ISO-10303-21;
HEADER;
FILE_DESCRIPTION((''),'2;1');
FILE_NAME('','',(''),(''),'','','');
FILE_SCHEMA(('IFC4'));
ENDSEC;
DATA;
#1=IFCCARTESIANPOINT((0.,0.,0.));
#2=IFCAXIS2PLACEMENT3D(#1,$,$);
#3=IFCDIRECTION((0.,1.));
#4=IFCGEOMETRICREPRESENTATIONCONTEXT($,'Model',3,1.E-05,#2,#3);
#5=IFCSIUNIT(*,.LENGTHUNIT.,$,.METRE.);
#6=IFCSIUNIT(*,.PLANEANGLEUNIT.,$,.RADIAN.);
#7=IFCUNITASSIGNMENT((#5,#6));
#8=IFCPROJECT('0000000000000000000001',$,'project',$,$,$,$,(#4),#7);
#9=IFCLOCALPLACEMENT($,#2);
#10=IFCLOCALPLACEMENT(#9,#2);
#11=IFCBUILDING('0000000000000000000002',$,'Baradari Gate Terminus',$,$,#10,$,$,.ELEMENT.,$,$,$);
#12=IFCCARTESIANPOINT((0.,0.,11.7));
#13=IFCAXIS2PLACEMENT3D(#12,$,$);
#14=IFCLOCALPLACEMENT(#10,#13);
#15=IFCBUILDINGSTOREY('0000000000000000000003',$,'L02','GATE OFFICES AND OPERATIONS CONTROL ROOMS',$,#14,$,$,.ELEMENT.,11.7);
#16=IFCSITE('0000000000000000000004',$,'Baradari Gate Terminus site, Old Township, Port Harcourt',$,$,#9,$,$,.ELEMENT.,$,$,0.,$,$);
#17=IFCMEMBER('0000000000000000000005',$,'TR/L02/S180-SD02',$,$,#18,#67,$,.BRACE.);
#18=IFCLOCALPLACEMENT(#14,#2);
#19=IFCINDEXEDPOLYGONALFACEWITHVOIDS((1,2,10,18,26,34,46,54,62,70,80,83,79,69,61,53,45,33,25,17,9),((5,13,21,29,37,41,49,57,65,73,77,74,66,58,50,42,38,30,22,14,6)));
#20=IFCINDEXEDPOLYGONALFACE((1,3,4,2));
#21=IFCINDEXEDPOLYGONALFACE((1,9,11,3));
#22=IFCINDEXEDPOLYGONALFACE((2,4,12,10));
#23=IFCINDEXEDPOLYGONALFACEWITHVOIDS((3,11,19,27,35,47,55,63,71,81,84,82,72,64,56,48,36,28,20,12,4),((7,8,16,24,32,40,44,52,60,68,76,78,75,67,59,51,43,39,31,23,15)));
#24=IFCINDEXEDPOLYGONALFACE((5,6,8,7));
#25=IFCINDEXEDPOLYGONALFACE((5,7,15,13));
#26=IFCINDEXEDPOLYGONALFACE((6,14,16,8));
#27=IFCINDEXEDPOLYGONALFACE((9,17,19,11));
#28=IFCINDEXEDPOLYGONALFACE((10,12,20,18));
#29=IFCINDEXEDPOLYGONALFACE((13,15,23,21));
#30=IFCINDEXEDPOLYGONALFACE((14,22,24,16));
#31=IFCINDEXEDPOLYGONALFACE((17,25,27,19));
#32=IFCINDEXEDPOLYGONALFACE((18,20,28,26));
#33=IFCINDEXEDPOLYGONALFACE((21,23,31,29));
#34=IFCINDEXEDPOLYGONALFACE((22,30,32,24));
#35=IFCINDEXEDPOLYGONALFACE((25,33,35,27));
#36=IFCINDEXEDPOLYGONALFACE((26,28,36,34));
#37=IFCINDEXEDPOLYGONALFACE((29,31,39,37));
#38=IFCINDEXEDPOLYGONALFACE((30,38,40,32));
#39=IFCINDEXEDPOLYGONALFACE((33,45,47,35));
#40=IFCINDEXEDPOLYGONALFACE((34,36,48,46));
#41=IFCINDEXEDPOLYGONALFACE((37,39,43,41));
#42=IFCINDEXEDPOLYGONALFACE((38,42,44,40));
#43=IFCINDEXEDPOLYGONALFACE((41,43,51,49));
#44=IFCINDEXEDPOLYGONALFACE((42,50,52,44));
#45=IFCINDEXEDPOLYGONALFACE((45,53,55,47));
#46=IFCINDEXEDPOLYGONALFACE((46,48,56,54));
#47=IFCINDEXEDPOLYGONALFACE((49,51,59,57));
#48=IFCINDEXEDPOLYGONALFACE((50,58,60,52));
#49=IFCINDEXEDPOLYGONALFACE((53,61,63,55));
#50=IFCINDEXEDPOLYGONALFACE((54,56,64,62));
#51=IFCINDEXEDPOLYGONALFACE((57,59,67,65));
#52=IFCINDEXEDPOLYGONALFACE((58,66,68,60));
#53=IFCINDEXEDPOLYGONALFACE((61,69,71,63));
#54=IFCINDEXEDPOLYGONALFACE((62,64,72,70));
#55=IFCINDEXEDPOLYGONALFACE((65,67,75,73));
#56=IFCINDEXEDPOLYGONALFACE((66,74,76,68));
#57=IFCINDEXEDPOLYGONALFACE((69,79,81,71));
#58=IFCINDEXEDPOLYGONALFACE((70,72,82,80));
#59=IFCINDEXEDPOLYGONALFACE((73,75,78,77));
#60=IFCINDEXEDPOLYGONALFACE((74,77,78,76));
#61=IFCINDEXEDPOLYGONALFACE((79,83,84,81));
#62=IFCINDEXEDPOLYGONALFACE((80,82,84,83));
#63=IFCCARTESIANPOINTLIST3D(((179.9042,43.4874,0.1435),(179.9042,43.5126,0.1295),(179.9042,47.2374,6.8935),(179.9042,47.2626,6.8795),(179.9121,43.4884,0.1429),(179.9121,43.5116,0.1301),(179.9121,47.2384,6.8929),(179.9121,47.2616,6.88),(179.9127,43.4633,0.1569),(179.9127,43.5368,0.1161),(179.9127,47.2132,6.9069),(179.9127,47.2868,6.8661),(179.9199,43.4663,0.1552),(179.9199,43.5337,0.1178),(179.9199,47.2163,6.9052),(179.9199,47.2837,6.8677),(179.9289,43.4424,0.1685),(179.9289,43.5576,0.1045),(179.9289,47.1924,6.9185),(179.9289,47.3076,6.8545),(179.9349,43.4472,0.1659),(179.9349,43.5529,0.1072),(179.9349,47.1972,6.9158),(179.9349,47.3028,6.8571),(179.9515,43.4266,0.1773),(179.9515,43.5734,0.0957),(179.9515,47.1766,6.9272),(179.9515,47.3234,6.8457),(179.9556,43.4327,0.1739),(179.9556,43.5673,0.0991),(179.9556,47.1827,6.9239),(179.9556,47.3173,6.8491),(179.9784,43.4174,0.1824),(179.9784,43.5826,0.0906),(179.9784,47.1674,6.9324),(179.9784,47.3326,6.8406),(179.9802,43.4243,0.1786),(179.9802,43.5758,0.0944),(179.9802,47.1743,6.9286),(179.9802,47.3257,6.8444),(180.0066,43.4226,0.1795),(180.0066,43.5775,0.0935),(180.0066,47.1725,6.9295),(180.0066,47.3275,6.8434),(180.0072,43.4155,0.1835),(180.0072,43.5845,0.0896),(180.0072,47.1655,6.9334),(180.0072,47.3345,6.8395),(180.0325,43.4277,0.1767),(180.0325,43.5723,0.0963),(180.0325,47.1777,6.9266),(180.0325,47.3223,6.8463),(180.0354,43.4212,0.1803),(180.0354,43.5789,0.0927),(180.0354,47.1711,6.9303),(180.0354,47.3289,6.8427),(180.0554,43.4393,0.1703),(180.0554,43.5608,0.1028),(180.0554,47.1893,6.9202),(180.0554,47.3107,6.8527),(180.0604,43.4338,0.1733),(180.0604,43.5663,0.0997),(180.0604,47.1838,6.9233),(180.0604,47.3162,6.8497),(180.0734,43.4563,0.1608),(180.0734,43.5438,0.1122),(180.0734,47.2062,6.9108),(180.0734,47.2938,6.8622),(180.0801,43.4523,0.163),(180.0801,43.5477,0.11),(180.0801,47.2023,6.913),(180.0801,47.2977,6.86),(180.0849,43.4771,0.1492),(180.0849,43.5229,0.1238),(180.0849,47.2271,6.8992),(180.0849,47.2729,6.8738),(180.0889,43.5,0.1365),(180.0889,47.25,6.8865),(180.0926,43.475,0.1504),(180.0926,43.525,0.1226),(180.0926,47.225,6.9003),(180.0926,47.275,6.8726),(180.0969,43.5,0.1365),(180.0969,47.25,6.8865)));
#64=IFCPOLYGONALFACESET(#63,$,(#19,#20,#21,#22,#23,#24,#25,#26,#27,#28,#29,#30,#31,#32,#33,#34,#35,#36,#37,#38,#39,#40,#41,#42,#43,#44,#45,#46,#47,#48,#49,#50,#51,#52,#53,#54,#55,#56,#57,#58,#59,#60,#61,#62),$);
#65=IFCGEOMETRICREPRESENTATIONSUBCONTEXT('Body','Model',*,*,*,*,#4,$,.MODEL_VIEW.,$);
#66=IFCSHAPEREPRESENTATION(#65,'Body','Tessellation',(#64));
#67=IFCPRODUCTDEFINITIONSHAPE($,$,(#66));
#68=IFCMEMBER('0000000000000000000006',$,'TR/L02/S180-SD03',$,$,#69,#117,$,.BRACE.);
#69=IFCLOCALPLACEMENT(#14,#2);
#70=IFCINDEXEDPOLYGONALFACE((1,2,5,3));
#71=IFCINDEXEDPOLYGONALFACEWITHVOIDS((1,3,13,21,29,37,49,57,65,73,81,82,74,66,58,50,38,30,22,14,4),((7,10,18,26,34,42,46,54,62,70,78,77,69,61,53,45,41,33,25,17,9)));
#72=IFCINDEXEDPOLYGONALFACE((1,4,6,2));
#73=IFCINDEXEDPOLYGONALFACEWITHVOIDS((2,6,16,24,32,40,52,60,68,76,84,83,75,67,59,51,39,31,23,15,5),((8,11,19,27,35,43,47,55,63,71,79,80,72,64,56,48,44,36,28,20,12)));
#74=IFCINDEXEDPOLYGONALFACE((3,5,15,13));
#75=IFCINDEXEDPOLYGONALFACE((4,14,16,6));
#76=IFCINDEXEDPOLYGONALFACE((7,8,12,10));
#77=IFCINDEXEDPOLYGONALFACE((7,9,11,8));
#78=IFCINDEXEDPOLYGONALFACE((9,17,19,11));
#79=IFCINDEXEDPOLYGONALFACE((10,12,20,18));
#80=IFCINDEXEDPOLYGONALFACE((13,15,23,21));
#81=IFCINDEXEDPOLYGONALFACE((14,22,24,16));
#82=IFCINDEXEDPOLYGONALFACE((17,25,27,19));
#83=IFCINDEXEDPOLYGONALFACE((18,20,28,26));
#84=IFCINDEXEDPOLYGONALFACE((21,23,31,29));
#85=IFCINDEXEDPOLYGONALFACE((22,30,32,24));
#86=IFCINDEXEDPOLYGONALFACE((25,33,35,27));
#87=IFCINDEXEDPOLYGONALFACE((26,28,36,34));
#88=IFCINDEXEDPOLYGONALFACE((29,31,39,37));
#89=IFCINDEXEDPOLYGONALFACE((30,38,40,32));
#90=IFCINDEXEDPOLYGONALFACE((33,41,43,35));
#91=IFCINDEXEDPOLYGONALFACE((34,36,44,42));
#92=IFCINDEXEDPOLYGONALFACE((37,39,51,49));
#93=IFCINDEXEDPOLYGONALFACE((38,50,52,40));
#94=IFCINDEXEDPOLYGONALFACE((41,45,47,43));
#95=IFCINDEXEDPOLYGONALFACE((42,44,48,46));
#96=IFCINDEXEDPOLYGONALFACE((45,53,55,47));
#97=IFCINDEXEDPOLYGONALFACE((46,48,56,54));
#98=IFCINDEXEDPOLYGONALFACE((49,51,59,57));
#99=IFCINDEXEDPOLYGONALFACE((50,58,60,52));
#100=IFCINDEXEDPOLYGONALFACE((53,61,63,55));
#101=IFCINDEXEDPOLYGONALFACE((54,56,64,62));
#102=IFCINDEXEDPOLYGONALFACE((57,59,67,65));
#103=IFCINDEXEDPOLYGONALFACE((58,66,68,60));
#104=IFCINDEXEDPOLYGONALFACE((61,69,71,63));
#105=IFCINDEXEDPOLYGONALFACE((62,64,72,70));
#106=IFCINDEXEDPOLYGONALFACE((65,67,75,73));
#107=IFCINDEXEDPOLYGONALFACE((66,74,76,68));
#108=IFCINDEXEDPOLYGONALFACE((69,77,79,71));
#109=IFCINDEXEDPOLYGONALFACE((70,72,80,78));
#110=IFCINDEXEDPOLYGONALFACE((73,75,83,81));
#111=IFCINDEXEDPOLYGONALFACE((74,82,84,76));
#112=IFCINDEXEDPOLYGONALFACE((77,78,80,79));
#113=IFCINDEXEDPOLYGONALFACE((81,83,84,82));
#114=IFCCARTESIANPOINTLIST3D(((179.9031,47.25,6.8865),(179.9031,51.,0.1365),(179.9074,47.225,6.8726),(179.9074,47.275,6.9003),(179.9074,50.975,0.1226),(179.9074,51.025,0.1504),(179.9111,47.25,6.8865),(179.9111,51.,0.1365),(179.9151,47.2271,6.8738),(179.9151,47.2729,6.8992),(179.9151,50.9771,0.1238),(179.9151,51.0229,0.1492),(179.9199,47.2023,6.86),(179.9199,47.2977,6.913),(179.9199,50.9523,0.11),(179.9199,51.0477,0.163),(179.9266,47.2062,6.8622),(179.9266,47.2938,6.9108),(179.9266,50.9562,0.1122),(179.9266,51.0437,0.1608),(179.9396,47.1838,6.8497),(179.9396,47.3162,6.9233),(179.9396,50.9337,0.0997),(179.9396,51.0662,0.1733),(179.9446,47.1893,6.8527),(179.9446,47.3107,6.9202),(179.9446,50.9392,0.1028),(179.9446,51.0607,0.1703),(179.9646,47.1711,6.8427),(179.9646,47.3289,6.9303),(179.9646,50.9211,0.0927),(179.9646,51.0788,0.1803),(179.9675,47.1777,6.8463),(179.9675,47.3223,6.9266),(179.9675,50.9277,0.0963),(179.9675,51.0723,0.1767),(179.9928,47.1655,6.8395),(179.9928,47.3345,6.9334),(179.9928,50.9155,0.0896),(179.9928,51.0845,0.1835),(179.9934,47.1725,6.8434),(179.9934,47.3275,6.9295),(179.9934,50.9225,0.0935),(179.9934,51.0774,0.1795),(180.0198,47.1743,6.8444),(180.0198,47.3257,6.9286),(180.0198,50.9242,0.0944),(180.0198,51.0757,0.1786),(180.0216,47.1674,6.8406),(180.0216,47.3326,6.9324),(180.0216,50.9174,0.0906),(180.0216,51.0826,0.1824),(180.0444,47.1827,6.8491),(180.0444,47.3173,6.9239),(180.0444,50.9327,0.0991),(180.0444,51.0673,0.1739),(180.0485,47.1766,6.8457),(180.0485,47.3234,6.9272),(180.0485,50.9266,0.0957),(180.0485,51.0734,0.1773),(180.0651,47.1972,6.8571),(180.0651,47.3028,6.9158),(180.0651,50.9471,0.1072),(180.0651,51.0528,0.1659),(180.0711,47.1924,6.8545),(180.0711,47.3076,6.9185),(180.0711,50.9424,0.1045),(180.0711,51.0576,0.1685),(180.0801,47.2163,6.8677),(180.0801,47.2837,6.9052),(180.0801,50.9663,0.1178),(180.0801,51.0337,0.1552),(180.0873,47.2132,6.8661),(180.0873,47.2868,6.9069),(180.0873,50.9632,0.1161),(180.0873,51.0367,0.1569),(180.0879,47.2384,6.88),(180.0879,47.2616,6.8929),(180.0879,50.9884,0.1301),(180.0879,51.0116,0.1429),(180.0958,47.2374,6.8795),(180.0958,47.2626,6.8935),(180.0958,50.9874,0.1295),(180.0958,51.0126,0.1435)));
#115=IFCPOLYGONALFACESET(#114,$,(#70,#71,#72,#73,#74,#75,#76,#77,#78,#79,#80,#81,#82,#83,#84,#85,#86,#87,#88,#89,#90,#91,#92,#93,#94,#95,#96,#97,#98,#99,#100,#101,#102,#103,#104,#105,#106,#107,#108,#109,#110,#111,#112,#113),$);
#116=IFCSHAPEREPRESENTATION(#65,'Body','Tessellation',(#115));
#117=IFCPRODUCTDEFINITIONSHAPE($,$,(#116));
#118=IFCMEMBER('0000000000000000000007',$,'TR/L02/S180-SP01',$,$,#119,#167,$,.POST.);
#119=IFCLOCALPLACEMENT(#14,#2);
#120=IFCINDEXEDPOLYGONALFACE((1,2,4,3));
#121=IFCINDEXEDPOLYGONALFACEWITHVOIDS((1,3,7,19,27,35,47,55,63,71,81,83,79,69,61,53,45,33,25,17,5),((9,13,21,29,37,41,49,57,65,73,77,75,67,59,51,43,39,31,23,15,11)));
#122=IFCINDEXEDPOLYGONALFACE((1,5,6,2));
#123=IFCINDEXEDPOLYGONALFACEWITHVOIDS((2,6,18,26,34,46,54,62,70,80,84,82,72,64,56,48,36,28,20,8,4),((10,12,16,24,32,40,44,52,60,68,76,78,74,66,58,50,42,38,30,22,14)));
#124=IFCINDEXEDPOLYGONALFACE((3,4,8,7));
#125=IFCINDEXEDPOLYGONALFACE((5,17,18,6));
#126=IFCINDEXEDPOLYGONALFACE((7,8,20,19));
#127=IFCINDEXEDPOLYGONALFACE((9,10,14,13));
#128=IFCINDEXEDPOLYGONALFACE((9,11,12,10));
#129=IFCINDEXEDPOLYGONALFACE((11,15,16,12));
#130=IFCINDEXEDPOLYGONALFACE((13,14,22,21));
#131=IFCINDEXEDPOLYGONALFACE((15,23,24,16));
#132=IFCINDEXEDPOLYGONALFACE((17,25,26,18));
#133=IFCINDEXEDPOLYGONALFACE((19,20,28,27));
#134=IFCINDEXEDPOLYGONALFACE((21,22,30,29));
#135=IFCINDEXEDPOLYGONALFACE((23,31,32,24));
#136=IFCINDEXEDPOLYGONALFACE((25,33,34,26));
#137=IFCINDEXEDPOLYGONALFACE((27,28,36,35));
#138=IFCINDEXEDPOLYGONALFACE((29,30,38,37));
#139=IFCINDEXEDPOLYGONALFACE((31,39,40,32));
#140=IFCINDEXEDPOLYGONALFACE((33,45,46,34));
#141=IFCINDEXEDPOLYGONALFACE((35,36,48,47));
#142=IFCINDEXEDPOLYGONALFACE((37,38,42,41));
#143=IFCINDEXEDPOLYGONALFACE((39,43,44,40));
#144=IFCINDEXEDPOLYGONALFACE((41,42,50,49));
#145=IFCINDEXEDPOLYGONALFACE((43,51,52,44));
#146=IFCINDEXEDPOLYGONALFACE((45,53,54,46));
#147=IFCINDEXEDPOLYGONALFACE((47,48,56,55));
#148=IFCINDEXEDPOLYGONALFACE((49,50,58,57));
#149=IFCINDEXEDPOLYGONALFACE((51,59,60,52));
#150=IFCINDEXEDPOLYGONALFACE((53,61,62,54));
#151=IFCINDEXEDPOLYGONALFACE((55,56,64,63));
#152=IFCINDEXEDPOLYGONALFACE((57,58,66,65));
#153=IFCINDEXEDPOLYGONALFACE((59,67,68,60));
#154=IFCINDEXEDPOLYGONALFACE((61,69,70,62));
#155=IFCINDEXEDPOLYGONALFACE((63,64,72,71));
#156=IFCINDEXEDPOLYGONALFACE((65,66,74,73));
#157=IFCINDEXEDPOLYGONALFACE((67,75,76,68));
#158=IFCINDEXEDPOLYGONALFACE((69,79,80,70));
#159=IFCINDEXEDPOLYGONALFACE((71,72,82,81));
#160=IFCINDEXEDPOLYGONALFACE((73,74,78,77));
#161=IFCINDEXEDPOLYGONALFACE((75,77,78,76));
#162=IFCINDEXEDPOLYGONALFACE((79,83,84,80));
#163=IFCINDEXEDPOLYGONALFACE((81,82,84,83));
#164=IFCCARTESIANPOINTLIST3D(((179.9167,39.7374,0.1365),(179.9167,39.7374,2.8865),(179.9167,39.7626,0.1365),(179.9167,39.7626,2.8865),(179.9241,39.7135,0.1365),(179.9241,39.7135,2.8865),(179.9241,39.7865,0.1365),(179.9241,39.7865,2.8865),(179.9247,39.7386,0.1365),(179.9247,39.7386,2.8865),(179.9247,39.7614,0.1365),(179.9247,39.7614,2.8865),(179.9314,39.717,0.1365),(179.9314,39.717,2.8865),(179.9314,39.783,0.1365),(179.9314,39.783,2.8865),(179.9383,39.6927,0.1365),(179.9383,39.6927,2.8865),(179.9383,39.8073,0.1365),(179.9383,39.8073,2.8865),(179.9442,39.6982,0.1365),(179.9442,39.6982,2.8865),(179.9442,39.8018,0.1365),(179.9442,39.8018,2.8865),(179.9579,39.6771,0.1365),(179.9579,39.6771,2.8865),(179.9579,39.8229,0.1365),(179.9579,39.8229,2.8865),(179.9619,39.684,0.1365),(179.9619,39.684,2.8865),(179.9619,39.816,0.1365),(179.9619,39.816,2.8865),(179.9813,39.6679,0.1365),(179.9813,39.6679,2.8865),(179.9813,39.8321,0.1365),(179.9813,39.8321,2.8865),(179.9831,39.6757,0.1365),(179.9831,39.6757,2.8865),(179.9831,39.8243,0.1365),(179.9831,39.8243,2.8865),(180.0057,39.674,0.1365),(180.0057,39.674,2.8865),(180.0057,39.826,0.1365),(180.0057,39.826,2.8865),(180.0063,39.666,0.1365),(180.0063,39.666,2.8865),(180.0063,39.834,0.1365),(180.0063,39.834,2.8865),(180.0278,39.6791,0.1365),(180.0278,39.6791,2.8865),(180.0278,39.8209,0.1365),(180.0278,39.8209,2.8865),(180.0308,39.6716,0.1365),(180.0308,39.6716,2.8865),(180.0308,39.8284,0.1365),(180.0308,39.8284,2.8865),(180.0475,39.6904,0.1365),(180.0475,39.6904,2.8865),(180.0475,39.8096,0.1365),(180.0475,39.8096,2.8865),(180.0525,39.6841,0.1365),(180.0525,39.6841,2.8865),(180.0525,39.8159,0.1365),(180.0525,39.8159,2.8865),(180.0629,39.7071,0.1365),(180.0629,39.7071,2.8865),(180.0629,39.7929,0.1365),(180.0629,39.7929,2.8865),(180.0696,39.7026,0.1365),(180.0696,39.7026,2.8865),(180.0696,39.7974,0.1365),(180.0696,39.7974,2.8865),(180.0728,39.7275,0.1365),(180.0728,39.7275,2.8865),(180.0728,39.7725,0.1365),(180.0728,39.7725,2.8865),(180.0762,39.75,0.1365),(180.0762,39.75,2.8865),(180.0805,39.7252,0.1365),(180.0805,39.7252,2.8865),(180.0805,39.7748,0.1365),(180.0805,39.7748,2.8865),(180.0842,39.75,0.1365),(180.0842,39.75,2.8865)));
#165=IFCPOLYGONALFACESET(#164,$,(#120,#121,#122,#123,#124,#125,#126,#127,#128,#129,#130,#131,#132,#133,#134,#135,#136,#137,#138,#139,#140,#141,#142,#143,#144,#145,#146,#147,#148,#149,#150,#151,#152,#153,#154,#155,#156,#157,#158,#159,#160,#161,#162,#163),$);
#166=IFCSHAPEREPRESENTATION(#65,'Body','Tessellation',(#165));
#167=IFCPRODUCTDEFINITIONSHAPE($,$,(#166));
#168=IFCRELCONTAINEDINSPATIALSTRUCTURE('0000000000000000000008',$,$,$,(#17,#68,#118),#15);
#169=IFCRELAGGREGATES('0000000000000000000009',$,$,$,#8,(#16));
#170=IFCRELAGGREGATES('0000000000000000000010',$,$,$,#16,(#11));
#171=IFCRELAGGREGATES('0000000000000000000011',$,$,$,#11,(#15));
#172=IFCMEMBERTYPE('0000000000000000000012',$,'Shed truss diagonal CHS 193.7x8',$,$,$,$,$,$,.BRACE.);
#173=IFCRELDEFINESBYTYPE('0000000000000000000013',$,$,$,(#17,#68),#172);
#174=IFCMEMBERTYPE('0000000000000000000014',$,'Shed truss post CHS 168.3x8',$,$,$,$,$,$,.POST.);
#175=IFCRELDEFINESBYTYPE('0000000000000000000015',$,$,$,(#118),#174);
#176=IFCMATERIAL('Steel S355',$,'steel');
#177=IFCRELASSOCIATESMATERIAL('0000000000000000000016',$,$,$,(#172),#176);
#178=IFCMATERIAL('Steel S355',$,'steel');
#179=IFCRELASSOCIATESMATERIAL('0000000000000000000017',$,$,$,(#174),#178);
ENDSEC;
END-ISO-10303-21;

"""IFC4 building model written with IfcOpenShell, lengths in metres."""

from ifc_helpers import new_model, si_unit, direction, frame, origin, origin_2d, place, context, subcontext, project, spatial, hollow_circle, extrude, material, material_profile, profile_set, type_object, element, save


model = new_model("IFC4")

# Units and contexts
model_context = context("Model", 3, precision=1e-05, world=origin(), true_north=direction((0.0, 1.0)))
body_context = subcontext(model_context, "Body", "Model", "MODEL_VIEW")
ifc_project = project(units=[si_unit("LENGTHUNIT", "METRE"), si_unit("PLANEANGLEUNIT", "RADIAN")], contexts=[model_context])

# Site, building, storey
site_placement = place(None, origin())
site = spatial("IfcSite", under=ifc_project, at=site_placement, Name="Baradari Gate Terminus site, Old Township, Port Harcourt", CompositionType="ELEMENT", RefElevation=0.0)
building_placement = place(site_placement, origin())
building = spatial("IfcBuilding", under=site, at=building_placement, Name="Baradari Gate Terminus", CompositionType="ELEMENT")
storey_placement = place(building_placement, frame((0.0, 0.0, 11.7)))
storey = spatial("IfcBuildingStorey", under=building, at=storey_placement, Name="L02", Description="GATE OFFICES AND OPERATIONS CONTROL ROOMS", CompositionType="ELEMENT", Elevation=11.7)

# Members
ifc_material_1 = material(Name="Steel S355", Category="steel")
ifc_material_profile_1 = material_profile(ifc_material_1, hollow_circle(Radius=0.0969, WallThickness=0.0081, at=origin_2d()), Name="CHS 193.7x8")
ifc_profile_set_1 = profile_set([ifc_material_profile_1], Name="Steel S355")
member_type_1 = type_object("IfcMemberType", Name="Shed truss diagonal CHS 193.7x8", PredefinedType="BRACE", material=ifc_profile_set_1)
for number, where, z_axis, x_axis, name in (
    (1, (180.0, 47.25, 6.8865), (0.0, -0.485643, -0.874157), (1.0, 0.0, 0.0), "TR/L02/S180-SD02"),
    (2, (180.0, 47.25, 6.8865), (0.0, 0.485643, -0.874157), (-1.0, 0.0, 0.0), "TR/L02/S180-SD03"),
):
    element("IfcMember", number, at=place(storey_placement, frame(where, z_axis=z_axis, x_axis=x_axis)), inside=storey, type_object=member_type_1, Name=name, PredefinedType="BRACE", context=body_context, shape_type="SweptSolid", body=[
        extrude(hollow_circle(Radius=0.0969, WallThickness=0.0081, at=origin_2d()), origin(), (0.0, 0.0, 1.0), 7.7217),
    ])
ifc_material_2 = material(Name="Steel S355", Category="steel")
ifc_material_profile_2 = material_profile(ifc_material_2, hollow_circle(Radius=0.0842, WallThickness=0.0081, at=origin_2d()), Name="CHS 168.3x8")
ifc_profile_set_2 = profile_set([ifc_material_profile_2], Name="Steel S355")
member_type_2 = type_object("IfcMemberType", Name="Shed truss post CHS 168.3x8", PredefinedType="POST", material=ifc_profile_set_2)
member_1_placement = place(storey_placement, frame((180.0, 39.75, 0.1365), z_axis=(0.0, 0.0, 1.0), x_axis=(1.0, 0.0, 0.0)))
element("IfcMember", 3, at=member_1_placement, inside=storey, type_object=member_type_2, Name="TR/L02/S180-SP01", PredefinedType="POST", context=body_context, shape_type="SweptSolid", body=[
    extrude(hollow_circle(Radius=0.0842, WallThickness=0.0081, at=origin_2d()), origin(), (0.0, 0.0, 1.0), 2.75),
])

save(model, "model.ifc")
